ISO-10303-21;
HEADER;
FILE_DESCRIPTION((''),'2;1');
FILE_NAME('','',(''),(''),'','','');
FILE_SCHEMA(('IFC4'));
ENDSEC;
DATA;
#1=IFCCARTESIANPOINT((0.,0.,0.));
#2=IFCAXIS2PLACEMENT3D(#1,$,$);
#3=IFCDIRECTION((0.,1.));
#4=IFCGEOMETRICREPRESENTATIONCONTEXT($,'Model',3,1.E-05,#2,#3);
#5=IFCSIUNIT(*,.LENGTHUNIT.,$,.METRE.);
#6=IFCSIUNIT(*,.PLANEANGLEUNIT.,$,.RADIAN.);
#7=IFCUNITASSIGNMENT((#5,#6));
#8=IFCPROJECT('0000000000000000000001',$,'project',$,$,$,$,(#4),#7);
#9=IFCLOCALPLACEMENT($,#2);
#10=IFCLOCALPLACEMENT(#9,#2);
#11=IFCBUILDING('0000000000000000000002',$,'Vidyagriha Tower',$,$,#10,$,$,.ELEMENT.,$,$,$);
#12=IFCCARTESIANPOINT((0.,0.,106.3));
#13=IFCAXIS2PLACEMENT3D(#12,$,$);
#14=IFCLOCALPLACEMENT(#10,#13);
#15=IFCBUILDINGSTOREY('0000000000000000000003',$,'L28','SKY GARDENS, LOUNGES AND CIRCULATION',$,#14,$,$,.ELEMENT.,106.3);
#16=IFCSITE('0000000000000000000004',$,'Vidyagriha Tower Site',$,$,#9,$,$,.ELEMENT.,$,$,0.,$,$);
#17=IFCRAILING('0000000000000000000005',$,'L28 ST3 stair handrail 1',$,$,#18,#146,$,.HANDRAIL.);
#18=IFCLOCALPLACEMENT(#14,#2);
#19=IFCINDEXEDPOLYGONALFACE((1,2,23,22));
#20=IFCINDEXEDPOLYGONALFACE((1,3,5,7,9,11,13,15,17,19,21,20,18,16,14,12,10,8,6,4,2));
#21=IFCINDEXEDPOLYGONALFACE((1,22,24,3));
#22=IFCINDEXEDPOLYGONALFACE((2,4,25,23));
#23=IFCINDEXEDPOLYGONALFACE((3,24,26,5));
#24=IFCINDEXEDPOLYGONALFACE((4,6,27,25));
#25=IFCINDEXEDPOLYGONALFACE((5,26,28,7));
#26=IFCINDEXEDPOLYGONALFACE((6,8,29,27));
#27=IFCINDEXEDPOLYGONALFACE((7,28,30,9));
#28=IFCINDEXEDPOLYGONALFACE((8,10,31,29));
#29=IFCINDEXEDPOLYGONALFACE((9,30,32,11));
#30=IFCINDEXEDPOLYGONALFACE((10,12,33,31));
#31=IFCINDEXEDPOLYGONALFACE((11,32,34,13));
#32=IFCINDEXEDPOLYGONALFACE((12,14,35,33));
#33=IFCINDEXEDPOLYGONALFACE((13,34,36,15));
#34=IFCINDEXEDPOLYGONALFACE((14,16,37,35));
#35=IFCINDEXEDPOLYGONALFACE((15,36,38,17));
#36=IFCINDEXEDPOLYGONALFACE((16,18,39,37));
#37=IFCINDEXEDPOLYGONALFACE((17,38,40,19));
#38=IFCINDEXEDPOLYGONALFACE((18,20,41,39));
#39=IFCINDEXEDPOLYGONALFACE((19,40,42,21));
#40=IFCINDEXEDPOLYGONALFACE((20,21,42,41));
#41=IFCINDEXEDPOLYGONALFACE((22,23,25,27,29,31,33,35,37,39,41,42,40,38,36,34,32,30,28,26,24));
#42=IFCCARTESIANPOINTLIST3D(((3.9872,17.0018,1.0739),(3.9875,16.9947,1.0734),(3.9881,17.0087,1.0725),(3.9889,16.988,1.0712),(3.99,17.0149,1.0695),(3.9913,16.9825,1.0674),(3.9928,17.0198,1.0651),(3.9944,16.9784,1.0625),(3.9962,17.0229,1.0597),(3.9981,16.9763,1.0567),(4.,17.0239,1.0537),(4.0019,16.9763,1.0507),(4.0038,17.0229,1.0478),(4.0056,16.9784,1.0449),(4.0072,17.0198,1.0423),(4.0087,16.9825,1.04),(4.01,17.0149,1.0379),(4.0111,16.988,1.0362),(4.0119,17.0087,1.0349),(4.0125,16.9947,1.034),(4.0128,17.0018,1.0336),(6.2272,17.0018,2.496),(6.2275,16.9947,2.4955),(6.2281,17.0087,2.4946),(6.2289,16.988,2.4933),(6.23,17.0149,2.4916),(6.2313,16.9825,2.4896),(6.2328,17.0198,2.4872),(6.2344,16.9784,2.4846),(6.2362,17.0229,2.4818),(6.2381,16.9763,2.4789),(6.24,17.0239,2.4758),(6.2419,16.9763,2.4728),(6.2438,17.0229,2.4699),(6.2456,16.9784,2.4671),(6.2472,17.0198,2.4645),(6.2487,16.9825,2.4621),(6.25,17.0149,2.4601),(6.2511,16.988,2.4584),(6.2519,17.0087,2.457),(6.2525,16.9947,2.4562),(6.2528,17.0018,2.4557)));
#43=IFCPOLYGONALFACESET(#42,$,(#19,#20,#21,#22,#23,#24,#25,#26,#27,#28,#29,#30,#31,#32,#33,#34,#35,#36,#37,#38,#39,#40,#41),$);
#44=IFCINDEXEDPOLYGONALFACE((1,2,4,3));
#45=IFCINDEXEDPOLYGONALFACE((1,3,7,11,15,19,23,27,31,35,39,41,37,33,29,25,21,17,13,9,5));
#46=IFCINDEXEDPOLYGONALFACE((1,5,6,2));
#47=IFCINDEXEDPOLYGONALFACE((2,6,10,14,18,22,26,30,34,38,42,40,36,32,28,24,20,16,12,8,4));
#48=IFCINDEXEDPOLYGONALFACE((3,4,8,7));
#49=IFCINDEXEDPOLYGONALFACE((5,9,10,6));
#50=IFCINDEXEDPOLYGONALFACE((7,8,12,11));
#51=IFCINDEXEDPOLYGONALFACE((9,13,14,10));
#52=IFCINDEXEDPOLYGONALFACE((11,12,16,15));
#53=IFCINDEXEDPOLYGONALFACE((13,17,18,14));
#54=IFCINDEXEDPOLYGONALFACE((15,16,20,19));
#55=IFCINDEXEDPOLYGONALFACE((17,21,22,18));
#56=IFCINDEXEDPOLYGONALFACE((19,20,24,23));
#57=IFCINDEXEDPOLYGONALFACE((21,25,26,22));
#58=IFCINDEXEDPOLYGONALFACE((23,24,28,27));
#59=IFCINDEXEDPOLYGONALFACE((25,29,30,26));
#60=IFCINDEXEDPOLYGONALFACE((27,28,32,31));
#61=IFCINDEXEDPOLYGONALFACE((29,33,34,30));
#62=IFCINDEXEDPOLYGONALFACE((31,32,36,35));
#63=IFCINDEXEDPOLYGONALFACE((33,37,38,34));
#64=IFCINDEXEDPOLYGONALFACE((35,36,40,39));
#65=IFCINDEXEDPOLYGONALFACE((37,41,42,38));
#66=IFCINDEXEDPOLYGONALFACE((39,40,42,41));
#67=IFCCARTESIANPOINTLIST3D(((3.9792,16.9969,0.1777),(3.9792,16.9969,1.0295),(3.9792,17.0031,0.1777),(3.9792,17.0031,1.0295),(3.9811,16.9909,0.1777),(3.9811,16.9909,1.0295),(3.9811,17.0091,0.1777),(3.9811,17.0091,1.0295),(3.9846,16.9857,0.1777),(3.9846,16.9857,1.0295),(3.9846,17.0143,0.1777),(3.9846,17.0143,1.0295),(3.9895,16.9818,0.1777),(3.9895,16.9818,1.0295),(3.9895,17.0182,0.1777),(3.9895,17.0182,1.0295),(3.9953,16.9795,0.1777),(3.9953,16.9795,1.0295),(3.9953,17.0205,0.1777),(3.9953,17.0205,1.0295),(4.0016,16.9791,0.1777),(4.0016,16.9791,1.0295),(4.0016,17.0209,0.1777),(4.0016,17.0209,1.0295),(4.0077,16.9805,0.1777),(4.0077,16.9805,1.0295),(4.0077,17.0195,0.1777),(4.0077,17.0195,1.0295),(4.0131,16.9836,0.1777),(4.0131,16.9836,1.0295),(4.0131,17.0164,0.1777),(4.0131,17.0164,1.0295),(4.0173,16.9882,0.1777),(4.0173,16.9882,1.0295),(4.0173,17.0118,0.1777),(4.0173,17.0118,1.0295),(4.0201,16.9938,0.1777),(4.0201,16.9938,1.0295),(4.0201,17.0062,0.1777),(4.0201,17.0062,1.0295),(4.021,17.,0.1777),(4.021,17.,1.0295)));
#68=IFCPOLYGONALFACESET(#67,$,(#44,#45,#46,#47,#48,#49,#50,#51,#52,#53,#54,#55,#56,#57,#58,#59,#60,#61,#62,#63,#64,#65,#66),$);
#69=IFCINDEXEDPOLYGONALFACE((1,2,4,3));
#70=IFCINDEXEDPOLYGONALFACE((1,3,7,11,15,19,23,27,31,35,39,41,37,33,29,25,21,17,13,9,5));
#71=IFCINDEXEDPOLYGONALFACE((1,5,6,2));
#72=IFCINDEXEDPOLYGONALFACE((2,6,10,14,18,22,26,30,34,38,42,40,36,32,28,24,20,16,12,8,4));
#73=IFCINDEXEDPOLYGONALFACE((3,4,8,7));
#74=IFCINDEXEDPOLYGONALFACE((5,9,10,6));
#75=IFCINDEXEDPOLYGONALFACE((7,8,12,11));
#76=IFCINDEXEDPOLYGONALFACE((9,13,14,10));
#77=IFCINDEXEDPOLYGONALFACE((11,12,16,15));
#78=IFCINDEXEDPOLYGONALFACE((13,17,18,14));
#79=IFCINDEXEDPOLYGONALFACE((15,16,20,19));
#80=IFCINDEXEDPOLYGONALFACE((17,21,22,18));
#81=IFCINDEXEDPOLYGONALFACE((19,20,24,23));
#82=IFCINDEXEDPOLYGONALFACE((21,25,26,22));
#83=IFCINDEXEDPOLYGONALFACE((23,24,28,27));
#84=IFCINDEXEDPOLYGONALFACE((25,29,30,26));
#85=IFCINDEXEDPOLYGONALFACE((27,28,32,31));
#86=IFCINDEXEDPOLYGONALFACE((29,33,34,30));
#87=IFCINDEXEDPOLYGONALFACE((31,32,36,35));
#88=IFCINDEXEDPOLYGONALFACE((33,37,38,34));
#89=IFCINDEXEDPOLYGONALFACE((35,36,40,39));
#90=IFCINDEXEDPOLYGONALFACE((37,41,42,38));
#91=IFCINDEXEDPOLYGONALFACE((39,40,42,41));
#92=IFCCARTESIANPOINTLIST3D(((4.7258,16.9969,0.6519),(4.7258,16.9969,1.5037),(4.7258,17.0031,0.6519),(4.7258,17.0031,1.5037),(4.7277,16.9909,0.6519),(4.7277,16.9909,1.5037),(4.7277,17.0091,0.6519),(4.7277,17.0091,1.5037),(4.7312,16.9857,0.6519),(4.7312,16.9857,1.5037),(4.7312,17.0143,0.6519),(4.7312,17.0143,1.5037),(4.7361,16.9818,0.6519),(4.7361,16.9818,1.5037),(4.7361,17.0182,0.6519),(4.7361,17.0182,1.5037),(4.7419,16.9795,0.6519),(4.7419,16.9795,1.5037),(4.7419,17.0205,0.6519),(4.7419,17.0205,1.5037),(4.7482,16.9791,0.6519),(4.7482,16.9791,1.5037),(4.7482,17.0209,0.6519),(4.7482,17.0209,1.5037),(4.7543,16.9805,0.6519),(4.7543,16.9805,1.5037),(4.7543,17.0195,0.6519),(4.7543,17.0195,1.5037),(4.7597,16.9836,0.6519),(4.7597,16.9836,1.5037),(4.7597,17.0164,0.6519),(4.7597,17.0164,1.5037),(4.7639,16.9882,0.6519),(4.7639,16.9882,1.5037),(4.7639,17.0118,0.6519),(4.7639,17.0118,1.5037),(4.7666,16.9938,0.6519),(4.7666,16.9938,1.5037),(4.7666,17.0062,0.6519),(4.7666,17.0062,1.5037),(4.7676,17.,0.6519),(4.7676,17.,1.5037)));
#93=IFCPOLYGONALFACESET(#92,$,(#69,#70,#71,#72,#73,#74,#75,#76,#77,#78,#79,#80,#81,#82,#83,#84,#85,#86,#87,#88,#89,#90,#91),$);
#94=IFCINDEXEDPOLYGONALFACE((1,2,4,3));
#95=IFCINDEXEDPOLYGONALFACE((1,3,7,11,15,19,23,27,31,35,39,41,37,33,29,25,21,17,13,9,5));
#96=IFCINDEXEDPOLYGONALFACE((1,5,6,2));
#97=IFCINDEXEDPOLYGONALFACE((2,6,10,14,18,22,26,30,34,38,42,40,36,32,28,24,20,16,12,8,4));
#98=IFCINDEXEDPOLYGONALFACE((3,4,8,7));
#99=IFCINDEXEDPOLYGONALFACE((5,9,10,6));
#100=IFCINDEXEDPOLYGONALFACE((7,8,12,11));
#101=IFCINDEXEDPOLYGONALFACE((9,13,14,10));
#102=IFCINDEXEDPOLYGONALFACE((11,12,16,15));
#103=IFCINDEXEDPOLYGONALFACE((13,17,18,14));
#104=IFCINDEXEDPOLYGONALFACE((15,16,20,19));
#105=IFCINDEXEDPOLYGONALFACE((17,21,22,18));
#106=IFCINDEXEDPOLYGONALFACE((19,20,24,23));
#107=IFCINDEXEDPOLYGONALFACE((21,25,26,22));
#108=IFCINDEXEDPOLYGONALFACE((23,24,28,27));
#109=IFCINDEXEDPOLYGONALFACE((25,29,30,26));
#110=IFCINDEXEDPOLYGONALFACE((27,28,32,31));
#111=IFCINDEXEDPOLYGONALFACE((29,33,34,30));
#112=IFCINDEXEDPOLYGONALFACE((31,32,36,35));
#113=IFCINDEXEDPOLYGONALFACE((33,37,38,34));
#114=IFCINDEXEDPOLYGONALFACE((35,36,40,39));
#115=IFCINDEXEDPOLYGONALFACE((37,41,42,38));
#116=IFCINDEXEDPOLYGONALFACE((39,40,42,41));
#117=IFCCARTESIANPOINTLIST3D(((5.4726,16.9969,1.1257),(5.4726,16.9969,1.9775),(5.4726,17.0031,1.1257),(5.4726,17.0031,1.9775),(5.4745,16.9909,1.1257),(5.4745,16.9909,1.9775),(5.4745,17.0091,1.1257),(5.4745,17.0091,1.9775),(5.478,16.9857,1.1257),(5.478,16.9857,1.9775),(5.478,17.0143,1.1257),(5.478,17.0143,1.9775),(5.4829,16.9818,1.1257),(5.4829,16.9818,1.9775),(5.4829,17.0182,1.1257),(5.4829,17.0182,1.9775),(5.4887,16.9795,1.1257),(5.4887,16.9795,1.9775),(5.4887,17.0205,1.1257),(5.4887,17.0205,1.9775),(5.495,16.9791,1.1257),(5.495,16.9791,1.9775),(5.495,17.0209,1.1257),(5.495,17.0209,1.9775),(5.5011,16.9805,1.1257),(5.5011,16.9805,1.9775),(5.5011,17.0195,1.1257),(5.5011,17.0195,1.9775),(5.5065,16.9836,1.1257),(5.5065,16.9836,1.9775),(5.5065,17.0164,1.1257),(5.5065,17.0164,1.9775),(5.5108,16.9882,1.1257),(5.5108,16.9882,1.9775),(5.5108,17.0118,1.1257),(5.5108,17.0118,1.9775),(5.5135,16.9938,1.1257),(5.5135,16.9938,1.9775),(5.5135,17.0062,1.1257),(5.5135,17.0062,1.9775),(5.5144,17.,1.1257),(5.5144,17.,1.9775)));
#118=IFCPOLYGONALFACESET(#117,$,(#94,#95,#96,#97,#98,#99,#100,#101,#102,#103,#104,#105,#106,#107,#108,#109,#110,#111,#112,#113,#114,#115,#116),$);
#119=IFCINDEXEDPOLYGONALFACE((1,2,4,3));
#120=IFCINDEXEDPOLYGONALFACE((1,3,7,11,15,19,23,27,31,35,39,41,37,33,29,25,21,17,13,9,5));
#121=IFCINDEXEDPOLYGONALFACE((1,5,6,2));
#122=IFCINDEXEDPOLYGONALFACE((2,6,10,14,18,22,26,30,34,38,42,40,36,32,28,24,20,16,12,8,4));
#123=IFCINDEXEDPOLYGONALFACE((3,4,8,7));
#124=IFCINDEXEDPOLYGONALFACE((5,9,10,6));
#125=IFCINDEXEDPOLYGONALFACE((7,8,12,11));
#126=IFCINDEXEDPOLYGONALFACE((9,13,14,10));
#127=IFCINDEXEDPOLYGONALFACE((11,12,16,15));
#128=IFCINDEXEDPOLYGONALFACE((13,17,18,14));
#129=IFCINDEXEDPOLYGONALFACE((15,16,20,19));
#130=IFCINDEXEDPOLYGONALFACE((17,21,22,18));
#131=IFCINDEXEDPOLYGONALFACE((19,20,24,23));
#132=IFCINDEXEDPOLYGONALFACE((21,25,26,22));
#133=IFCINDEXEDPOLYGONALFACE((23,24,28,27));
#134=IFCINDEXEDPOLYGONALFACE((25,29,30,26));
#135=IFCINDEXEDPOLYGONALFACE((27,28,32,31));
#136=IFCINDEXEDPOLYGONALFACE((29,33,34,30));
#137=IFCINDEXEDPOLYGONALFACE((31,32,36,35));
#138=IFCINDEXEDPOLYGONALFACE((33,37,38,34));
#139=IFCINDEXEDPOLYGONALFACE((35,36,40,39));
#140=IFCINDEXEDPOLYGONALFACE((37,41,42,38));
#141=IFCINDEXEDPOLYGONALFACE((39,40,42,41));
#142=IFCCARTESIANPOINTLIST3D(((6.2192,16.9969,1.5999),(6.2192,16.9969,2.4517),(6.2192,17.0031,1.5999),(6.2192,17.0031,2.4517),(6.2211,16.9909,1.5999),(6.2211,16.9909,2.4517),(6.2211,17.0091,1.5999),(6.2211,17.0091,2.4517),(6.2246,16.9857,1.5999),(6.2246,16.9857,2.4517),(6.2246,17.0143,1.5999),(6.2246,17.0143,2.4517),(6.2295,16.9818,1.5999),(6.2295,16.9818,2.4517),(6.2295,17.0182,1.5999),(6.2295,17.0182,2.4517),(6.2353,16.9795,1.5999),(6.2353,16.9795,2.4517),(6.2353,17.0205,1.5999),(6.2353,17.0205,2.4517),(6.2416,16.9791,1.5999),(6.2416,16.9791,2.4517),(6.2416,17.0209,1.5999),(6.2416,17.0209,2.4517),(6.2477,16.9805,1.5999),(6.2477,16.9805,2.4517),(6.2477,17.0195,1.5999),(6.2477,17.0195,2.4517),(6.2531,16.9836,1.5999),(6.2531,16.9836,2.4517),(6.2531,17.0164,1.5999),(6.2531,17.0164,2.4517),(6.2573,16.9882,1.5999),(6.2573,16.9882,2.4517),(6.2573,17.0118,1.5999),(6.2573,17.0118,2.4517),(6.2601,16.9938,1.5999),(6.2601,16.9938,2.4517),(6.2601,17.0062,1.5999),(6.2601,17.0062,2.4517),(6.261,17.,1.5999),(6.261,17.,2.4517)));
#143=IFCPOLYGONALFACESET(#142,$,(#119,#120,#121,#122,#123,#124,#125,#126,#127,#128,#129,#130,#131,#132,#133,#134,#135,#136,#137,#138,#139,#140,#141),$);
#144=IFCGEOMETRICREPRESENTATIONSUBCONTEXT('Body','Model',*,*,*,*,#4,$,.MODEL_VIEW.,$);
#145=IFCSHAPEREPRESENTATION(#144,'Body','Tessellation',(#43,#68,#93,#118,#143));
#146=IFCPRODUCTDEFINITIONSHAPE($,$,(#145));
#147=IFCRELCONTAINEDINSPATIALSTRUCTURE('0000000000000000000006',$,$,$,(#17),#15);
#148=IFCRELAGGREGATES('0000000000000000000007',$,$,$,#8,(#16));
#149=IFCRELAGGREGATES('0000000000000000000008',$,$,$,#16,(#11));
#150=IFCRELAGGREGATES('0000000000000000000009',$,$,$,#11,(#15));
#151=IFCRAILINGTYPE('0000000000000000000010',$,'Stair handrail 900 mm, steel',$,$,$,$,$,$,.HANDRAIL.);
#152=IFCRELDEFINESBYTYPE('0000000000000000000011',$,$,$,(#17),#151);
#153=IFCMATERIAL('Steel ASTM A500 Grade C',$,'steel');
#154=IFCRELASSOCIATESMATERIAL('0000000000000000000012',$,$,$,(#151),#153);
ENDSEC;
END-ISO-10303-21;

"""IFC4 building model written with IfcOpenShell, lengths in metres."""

from ifc_helpers import new_model, si_unit, direction, frame, origin, origin_2d, place, context, subcontext, project, spatial, circle, extrude, material, type_object, element, save


model = new_model("IFC4")

# Units and contexts
model_context = context("Model", 3, precision=1e-05, world=origin(), true_north=direction((0.0, 1.0)))
body_context = subcontext(model_context, "Body", "Model", "MODEL_VIEW")
ifc_project = project(units=[si_unit("LENGTHUNIT", "METRE"), si_unit("PLANEANGLEUNIT", "RADIAN")], contexts=[model_context])

# Site, building, storey
site_placement = place(None, origin())
site = spatial("IfcSite", under=ifc_project, at=site_placement, Name="Vidyagriha Tower Site", CompositionType="ELEMENT", RefElevation=0.0)
building_placement = place(site_placement, origin())
building = spatial("IfcBuilding", under=site, at=building_placement, Name="Vidyagriha Tower", CompositionType="ELEMENT")
storey_placement = place(building_placement, frame((0.0, 0.0, 106.3)))
storey = spatial("IfcBuildingStorey", under=building, at=storey_placement, Name="L28", Description="SKY GARDENS, LOUNGES AND CIRCULATION", CompositionType="ELEMENT", Elevation=106.3)

# Railing
ifc_material_1 = material(Name="Steel ASTM A500 Grade C", Category="steel")
railing_type_1 = type_object("IfcRailingType", Name="Stair handrail 900 mm, steel", PredefinedType="HANDRAIL", material=ifc_material_1)
railing_1_placement = place(storey_placement, frame((4.0, 17.0, 0.1777)))
element("IfcRailing", 1, at=railing_1_placement, inside=storey, type_object=railing_type_1, Name="L28 ST3 stair handrail 1", PredefinedType="HANDRAIL", context=body_context, shape_type="SweptSolid", body=[
    extrude(circle(Radius=0.0239, at=origin_2d()), frame((0.0, 0.0, 0.876), z_axis=(0.844229, 0.0, 0.535982), x_axis=(0.0, 1.0, 0.0)), (0.0, 0.0, 1.0), 2.6533),
    extrude(circle(Radius=0.021, at=origin_2d()), origin(), (0.0, 0.0, 1.0), 0.8518),
    extrude(circle(Radius=0.021, at=origin_2d()), frame((0.7466, 0.0, 0.4741)), (0.0, 0.0, 1.0), 0.8518),
    extrude(circle(Radius=0.021, at=origin_2d()), frame((1.4934, 0.0, 0.948)), (0.0, 0.0, 1.0), 0.8518),
    extrude(circle(Radius=0.021, at=origin_2d()), frame((2.24, 0.0, 1.4221)), (0.0, 0.0, 1.0), 0.8518),
])

save(model, "model.ifc")
